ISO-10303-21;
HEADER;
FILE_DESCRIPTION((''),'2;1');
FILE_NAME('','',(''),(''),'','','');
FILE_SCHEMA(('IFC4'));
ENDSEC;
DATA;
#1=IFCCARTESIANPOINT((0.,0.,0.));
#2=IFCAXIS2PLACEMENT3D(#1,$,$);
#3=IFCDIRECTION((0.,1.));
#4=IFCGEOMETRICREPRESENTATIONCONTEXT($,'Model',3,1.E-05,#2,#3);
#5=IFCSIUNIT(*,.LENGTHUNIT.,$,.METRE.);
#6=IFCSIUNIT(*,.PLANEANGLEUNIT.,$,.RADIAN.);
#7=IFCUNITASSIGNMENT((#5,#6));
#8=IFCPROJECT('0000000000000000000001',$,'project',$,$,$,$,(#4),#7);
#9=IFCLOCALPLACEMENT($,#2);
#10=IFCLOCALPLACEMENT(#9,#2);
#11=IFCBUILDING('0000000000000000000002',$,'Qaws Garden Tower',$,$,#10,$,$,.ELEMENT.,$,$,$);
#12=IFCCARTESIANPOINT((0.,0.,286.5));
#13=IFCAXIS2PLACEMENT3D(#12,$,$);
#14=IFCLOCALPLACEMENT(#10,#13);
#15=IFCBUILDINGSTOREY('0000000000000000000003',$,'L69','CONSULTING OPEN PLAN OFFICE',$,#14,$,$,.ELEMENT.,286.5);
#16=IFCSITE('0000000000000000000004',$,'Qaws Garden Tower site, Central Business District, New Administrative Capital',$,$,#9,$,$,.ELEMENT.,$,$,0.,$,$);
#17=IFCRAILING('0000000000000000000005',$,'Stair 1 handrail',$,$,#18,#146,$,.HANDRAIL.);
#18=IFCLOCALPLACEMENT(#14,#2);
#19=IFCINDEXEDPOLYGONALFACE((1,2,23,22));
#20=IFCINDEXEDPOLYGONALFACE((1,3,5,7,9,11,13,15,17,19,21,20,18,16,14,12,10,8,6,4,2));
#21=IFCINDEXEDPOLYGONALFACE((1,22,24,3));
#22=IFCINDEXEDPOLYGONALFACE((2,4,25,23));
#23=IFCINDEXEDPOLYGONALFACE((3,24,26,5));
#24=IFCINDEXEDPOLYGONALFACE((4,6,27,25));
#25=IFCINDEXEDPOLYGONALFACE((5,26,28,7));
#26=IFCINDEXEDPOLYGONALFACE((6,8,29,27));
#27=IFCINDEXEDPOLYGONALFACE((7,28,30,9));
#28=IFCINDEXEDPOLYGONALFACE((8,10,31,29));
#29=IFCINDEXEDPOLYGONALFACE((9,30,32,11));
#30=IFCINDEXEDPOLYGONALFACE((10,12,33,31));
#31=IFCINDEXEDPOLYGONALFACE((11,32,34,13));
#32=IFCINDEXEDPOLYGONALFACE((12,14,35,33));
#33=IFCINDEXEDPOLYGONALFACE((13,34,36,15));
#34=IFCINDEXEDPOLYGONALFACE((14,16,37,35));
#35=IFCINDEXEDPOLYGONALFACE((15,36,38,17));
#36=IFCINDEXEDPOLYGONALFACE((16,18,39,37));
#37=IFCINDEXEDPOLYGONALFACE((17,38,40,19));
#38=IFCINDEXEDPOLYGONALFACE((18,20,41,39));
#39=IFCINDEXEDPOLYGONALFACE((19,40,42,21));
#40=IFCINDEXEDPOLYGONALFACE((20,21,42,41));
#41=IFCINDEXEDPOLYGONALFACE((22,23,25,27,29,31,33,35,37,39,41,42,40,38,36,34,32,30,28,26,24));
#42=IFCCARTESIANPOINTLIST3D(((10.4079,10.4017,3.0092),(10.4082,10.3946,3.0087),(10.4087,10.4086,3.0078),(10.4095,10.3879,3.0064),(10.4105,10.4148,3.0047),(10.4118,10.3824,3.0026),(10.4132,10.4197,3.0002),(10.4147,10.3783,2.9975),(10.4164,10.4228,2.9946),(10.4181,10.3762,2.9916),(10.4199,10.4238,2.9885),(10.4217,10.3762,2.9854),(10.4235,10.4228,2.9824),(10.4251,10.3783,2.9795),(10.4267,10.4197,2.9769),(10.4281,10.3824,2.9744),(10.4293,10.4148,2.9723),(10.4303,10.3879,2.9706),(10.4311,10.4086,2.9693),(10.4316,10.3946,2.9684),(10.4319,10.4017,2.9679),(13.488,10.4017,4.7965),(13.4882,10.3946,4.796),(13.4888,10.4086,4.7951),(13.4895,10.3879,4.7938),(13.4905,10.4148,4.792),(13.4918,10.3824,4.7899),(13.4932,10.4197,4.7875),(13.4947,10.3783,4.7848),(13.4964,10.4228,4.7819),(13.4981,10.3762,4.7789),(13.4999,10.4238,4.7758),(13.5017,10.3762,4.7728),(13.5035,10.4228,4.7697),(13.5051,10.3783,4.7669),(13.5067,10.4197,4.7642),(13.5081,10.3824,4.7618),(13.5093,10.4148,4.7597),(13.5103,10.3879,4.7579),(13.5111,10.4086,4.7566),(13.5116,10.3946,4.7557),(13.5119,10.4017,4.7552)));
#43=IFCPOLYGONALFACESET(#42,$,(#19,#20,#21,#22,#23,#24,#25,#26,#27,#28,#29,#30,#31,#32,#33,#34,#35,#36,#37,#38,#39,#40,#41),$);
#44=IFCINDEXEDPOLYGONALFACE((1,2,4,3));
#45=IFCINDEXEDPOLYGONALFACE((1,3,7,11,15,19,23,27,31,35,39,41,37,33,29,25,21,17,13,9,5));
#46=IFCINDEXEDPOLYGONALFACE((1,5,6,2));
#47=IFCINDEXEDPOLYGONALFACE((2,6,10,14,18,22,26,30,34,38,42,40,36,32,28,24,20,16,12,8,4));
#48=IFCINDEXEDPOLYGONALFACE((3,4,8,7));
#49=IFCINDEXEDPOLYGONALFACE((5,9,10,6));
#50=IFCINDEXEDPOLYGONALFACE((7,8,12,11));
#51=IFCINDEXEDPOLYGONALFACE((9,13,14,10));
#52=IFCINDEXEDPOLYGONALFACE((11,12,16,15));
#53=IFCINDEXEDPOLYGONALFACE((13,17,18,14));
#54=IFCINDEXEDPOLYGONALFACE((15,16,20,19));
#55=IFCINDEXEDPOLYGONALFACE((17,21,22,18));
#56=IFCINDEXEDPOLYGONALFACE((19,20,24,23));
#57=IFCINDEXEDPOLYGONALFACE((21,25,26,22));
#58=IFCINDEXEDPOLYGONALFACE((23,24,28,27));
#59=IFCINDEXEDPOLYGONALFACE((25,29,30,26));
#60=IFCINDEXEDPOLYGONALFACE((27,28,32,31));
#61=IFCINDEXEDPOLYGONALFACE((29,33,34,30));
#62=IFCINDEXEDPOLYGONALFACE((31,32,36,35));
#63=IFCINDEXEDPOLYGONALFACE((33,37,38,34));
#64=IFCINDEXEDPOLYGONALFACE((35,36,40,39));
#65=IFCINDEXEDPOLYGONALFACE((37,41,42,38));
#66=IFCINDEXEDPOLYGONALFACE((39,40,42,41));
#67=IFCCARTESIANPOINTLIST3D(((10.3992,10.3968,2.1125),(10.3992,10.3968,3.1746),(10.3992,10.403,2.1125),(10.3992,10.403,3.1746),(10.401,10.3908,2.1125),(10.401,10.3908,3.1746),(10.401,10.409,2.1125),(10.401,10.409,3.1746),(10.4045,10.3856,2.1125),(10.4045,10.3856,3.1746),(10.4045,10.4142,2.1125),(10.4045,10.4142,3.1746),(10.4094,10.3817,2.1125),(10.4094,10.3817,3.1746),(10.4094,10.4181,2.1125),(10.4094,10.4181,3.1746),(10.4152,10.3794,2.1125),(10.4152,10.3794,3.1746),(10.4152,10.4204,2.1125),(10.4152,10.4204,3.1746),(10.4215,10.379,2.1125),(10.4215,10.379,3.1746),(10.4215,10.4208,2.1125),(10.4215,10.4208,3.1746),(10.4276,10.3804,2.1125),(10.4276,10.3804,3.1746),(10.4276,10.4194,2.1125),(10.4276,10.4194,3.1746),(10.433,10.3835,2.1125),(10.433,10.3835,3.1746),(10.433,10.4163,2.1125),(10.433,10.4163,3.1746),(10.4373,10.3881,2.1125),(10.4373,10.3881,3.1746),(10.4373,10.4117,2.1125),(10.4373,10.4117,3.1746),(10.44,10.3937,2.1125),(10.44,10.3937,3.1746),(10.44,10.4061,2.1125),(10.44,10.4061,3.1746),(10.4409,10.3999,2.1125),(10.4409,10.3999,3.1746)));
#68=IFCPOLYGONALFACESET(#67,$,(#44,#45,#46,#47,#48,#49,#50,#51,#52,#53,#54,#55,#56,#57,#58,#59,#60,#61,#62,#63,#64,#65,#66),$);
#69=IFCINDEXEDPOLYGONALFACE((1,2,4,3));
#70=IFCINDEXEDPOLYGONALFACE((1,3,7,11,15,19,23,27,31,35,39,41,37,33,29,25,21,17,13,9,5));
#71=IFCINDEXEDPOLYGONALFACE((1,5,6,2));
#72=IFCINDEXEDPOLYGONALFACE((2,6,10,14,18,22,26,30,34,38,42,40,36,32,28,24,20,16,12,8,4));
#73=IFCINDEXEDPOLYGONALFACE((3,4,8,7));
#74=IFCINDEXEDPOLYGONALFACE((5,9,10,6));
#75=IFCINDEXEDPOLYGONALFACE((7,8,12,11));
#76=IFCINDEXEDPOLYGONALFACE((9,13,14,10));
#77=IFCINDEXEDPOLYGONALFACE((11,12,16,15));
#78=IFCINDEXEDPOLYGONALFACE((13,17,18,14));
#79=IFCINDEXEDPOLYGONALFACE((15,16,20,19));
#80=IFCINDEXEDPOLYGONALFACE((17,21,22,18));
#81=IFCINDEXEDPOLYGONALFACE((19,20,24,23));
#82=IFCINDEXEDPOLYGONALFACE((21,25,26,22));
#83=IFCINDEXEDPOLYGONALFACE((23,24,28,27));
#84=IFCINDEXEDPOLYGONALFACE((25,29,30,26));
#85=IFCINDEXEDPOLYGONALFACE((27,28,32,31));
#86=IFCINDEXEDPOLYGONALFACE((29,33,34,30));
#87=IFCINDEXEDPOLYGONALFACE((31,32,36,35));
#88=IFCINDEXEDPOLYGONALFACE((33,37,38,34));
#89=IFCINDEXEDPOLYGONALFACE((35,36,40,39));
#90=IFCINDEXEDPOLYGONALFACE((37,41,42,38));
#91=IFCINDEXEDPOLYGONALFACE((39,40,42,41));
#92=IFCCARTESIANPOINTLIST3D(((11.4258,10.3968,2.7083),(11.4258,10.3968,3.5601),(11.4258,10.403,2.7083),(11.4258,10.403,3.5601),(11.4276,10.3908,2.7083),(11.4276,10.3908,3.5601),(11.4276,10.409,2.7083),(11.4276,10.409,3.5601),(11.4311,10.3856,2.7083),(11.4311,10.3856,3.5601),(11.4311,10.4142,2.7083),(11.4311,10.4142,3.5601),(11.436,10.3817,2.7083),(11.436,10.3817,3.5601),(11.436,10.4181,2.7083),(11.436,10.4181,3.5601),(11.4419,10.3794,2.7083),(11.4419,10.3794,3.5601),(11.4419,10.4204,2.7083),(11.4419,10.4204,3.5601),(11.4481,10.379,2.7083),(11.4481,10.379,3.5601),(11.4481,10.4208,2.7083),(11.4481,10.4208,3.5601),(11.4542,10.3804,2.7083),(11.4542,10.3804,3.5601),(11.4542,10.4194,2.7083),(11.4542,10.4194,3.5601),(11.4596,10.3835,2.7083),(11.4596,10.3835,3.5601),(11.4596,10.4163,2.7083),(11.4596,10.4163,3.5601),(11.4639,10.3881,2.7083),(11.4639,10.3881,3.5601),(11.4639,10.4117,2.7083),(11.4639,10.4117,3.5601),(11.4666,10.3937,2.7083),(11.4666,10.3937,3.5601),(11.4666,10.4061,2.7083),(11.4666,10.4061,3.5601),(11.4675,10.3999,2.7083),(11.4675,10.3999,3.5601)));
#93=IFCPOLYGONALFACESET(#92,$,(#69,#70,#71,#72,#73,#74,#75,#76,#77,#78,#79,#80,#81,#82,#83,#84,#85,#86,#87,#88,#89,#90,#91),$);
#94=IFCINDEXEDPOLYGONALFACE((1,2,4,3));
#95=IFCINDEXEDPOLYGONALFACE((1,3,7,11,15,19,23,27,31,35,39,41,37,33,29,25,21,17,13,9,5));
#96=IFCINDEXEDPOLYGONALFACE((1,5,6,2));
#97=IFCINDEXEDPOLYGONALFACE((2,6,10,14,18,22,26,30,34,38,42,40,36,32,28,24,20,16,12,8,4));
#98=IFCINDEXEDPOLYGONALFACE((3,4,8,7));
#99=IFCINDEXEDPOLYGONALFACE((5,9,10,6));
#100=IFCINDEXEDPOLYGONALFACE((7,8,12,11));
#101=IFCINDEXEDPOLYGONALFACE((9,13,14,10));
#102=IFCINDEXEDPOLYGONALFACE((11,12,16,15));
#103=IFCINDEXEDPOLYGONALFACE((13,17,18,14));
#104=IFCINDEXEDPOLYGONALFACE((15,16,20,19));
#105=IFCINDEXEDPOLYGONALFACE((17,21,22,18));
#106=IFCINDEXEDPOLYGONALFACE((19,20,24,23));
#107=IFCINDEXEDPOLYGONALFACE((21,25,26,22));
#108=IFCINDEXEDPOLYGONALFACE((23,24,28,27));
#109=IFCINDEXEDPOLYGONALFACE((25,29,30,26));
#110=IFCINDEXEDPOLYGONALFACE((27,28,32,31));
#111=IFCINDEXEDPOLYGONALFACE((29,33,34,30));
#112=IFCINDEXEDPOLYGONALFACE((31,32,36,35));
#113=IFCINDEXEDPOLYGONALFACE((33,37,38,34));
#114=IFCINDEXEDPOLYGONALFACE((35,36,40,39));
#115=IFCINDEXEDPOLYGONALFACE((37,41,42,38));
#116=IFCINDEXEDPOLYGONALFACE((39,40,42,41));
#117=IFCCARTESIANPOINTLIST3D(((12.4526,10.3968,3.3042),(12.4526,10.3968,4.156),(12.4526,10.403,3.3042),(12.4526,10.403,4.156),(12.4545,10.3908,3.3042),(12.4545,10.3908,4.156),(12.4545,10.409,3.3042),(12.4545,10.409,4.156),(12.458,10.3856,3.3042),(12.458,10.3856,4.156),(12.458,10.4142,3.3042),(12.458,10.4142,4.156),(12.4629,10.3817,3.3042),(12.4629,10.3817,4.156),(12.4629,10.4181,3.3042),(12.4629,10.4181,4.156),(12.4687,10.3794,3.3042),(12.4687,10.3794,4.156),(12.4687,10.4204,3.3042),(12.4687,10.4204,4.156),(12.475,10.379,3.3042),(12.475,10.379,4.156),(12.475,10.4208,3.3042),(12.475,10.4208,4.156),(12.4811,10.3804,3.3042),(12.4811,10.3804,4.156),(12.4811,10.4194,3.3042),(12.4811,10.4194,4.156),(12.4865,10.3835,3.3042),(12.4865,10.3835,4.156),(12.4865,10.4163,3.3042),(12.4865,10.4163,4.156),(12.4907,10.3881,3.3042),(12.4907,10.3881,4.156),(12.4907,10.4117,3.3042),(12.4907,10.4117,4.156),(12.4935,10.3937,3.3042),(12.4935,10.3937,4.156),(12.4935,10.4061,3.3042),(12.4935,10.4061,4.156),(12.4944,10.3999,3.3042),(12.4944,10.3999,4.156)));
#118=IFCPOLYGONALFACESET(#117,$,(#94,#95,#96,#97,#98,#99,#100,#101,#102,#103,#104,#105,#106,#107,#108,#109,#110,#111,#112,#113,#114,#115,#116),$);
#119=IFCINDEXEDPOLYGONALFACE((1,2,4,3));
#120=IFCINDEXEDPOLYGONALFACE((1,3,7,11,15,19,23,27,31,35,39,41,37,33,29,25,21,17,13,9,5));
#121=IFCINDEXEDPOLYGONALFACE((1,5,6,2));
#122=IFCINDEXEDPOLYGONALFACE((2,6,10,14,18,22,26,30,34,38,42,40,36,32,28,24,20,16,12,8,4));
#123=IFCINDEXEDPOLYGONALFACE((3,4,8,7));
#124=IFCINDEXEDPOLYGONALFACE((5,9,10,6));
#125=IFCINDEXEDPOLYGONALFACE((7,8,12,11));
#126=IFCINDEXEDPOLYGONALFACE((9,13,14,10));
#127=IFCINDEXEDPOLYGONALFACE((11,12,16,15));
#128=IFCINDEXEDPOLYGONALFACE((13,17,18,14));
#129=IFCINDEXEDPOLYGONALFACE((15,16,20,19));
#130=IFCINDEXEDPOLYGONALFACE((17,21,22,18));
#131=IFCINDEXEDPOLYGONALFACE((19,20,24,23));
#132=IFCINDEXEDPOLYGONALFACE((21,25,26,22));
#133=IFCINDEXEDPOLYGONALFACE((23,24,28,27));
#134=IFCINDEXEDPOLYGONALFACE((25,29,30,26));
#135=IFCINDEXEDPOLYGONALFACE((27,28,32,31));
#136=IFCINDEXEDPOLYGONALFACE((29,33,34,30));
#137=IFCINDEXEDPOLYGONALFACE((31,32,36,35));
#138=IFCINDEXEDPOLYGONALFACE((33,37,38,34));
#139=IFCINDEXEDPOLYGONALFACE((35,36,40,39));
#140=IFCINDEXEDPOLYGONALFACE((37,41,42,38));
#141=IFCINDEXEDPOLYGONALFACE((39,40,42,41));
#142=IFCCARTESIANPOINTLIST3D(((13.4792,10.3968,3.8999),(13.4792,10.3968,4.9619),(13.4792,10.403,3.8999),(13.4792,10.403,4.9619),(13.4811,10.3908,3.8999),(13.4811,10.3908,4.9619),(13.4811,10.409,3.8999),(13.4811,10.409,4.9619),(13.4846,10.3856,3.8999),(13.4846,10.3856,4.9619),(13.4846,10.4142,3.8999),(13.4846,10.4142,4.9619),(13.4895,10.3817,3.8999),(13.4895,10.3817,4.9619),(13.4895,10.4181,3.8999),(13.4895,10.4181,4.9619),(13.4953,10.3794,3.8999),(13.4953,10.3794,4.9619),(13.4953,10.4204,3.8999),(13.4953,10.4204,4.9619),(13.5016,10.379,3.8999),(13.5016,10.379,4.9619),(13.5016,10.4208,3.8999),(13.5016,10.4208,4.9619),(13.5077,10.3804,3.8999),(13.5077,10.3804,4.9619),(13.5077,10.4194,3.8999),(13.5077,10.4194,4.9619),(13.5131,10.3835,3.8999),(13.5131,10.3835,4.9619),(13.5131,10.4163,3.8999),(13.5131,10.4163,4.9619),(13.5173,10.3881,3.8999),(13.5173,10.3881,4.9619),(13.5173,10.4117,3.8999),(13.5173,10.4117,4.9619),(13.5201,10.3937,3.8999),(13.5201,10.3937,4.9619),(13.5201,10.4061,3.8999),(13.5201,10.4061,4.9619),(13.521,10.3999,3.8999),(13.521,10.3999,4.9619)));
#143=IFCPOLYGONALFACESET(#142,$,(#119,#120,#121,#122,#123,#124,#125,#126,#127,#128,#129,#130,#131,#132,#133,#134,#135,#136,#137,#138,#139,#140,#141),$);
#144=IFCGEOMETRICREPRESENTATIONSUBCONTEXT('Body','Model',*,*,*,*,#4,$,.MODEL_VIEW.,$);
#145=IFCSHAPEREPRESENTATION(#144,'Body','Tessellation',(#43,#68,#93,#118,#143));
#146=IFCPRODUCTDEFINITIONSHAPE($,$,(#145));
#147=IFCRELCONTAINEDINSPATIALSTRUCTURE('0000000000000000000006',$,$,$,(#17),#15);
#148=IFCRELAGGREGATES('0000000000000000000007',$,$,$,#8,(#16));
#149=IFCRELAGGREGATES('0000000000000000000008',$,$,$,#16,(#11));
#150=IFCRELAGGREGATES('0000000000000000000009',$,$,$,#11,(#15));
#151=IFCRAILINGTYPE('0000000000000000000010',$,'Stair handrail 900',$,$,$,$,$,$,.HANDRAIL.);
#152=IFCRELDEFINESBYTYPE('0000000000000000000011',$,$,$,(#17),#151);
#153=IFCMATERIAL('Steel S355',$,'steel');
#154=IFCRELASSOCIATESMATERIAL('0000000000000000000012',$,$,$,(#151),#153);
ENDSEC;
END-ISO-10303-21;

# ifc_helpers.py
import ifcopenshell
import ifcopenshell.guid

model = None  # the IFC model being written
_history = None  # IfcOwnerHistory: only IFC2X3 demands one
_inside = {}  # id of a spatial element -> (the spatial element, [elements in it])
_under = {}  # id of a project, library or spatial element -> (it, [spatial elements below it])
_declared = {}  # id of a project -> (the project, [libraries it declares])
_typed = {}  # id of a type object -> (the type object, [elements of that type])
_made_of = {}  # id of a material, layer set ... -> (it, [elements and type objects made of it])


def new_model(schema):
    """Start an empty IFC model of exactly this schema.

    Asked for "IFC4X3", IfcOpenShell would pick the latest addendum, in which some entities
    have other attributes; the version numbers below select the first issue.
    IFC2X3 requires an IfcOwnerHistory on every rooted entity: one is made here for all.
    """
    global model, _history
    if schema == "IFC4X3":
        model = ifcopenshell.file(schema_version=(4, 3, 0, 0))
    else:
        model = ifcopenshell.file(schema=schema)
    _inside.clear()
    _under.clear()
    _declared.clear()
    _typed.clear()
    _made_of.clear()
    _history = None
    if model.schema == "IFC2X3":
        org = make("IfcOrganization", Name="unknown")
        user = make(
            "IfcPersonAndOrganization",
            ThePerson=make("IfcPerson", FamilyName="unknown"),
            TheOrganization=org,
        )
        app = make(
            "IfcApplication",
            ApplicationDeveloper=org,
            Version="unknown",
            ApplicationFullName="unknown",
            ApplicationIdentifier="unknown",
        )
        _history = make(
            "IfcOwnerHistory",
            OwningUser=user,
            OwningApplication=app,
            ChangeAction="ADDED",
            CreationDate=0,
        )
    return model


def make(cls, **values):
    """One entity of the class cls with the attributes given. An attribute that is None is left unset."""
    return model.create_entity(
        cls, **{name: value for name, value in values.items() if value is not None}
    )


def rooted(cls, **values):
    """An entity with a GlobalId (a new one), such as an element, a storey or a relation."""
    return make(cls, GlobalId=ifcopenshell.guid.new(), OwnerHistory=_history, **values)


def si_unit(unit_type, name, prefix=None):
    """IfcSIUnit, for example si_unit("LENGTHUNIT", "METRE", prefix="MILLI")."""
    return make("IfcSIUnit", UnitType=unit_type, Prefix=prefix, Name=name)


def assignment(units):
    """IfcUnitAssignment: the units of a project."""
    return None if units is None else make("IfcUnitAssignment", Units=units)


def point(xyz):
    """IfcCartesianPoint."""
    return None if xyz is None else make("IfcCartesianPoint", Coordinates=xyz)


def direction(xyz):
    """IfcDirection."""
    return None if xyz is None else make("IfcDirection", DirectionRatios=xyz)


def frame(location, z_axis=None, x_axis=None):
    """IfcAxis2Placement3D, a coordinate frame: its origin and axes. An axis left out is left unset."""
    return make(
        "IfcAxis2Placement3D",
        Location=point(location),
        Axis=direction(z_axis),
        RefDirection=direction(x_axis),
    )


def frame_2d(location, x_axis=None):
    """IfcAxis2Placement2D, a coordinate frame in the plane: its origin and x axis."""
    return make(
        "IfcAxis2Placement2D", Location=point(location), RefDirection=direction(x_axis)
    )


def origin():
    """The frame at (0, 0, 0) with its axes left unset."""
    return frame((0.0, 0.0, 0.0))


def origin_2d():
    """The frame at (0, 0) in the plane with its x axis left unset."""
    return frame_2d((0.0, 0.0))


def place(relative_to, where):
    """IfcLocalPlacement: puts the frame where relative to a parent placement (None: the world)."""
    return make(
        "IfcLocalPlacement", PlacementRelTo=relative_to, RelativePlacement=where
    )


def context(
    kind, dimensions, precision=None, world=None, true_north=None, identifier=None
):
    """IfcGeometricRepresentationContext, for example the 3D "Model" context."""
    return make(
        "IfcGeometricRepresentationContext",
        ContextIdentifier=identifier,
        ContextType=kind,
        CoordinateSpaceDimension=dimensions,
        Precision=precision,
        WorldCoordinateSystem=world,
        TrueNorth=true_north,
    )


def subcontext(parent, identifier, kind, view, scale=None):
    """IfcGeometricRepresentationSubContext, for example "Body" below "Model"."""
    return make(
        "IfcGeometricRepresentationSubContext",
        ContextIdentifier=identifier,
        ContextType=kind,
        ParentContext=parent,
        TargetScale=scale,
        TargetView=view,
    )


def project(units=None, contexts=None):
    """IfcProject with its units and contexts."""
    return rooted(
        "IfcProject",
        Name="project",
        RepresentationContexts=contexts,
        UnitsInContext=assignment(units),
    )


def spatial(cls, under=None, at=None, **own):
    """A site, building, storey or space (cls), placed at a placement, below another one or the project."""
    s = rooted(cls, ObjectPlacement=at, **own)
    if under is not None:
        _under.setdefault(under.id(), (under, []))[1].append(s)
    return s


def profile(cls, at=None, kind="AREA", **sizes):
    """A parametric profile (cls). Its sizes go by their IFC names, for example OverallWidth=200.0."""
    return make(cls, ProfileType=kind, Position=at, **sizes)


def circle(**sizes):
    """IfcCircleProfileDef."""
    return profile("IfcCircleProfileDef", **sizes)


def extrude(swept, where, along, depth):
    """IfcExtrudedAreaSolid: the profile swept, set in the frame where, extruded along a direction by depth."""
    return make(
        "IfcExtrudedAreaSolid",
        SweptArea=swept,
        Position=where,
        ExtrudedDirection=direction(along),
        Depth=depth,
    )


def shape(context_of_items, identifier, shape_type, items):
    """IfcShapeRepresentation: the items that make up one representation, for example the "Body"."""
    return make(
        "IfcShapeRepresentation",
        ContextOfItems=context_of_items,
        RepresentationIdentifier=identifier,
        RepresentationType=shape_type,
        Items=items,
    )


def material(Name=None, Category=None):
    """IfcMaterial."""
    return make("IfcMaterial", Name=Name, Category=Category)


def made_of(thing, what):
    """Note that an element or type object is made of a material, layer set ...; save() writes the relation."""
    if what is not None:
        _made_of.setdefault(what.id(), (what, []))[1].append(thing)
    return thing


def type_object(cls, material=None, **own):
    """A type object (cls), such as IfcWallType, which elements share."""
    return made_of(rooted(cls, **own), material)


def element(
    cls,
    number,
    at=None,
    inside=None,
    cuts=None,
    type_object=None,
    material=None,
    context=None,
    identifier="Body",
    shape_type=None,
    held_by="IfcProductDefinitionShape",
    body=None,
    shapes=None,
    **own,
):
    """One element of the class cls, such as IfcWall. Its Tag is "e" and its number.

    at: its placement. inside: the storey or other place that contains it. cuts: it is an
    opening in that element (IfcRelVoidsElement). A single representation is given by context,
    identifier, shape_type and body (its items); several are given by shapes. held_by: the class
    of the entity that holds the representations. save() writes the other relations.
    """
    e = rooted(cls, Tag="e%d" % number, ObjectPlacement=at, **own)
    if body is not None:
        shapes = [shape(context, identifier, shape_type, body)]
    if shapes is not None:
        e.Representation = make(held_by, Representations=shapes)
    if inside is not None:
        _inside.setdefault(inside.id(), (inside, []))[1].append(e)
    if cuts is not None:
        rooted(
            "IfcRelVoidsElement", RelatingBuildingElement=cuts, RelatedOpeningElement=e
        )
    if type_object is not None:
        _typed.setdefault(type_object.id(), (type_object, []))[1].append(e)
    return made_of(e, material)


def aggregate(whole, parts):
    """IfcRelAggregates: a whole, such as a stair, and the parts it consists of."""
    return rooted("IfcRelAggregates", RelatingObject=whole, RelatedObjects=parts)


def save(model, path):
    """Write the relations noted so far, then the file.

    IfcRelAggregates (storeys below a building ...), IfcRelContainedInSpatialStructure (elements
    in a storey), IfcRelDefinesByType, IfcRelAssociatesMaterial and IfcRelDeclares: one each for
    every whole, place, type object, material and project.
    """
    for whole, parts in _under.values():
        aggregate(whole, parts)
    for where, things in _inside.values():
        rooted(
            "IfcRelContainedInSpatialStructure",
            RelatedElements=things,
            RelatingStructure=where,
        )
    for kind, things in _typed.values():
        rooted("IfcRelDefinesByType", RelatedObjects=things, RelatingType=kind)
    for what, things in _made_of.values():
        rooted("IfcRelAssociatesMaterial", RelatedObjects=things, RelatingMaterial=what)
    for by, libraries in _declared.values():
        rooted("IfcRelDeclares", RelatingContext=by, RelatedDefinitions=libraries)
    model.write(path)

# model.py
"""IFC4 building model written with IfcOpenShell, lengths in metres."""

from ifc_helpers import new_model, si_unit, direction, frame, origin, origin_2d, place, context, subcontext, project, spatial, circle, extrude, material, type_object, element, save


model = new_model("IFC4")

# Units and contexts
model_context = context("Model", 3, precision=1e-05, world=origin(), true_north=direction((0.0, 1.0)))
body_context = subcontext(model_context, "Body", "Model", "MODEL_VIEW")
ifc_project = project(units=[si_unit("LENGTHUNIT", "METRE"), si_unit("PLANEANGLEUNIT", "RADIAN")], contexts=[model_context])

# Site, building, storey
site_placement = place(None, origin())
site = spatial("IfcSite", under=ifc_project, at=site_placement, Name="Qaws Garden Tower site, Central Business District, New Administrative Capital", CompositionType="ELEMENT", RefElevation=0.0)
building_placement = place(site_placement, origin())
building = spatial("IfcBuilding", under=site, at=building_placement, Name="Qaws Garden Tower", CompositionType="ELEMENT")
storey_placement = place(building_placement, frame((0.0, 0.0, 286.5)))
storey = spatial("IfcBuildingStorey", under=building, at=storey_placement, Name="L69", Description="CONSULTING OPEN PLAN OFFICE", CompositionType="ELEMENT", Elevation=286.5)

# Railing
ifc_material_1 = material(Name="Steel S355", Category="steel")
railing_type = type_object("IfcRailingType", Name="Stair handrail 900", PredefinedType="HANDRAIL", material=ifc_material_1)
railing_1_placement = place(storey_placement, frame((10.4199, 10.3999, 2.1125)))
element("IfcRailing", 1, at=railing_1_placement, inside=storey, type_object=railing_type, Name="Stair 1 handrail", PredefinedType="HANDRAIL", context=body_context, shape_type="SweptSolid", body=[
    extrude(circle(Radius=0.0239, at=origin_2d()), frame((0.0, 0.0, 0.876), z_axis=(0.86492, 0.0, 0.501909), x_axis=(0.0, 1.0, 0.0)), (0.0, 0.0, 1.0), 3.561),
    extrude(circle(Radius=0.021, at=origin_2d()), origin(), (0.0, 0.0, 1.0), 1.062),
    extrude(circle(Radius=0.021, at=origin_2d()), frame((1.0266, 0.0, 0.5957)), (0.0, 0.0, 1.0), 0.8518),
    extrude(circle(Radius=0.021, at=origin_2d()), frame((2.0535, 0.0, 1.1917)), (0.0, 0.0, 1.0), 0.8518),
    extrude(circle(Radius=0.021, at=origin_2d()), frame((3.0801, 0.0, 1.7874)), (0.0, 0.0, 1.0), 1.062),
])

save(model, "model.ifc")
